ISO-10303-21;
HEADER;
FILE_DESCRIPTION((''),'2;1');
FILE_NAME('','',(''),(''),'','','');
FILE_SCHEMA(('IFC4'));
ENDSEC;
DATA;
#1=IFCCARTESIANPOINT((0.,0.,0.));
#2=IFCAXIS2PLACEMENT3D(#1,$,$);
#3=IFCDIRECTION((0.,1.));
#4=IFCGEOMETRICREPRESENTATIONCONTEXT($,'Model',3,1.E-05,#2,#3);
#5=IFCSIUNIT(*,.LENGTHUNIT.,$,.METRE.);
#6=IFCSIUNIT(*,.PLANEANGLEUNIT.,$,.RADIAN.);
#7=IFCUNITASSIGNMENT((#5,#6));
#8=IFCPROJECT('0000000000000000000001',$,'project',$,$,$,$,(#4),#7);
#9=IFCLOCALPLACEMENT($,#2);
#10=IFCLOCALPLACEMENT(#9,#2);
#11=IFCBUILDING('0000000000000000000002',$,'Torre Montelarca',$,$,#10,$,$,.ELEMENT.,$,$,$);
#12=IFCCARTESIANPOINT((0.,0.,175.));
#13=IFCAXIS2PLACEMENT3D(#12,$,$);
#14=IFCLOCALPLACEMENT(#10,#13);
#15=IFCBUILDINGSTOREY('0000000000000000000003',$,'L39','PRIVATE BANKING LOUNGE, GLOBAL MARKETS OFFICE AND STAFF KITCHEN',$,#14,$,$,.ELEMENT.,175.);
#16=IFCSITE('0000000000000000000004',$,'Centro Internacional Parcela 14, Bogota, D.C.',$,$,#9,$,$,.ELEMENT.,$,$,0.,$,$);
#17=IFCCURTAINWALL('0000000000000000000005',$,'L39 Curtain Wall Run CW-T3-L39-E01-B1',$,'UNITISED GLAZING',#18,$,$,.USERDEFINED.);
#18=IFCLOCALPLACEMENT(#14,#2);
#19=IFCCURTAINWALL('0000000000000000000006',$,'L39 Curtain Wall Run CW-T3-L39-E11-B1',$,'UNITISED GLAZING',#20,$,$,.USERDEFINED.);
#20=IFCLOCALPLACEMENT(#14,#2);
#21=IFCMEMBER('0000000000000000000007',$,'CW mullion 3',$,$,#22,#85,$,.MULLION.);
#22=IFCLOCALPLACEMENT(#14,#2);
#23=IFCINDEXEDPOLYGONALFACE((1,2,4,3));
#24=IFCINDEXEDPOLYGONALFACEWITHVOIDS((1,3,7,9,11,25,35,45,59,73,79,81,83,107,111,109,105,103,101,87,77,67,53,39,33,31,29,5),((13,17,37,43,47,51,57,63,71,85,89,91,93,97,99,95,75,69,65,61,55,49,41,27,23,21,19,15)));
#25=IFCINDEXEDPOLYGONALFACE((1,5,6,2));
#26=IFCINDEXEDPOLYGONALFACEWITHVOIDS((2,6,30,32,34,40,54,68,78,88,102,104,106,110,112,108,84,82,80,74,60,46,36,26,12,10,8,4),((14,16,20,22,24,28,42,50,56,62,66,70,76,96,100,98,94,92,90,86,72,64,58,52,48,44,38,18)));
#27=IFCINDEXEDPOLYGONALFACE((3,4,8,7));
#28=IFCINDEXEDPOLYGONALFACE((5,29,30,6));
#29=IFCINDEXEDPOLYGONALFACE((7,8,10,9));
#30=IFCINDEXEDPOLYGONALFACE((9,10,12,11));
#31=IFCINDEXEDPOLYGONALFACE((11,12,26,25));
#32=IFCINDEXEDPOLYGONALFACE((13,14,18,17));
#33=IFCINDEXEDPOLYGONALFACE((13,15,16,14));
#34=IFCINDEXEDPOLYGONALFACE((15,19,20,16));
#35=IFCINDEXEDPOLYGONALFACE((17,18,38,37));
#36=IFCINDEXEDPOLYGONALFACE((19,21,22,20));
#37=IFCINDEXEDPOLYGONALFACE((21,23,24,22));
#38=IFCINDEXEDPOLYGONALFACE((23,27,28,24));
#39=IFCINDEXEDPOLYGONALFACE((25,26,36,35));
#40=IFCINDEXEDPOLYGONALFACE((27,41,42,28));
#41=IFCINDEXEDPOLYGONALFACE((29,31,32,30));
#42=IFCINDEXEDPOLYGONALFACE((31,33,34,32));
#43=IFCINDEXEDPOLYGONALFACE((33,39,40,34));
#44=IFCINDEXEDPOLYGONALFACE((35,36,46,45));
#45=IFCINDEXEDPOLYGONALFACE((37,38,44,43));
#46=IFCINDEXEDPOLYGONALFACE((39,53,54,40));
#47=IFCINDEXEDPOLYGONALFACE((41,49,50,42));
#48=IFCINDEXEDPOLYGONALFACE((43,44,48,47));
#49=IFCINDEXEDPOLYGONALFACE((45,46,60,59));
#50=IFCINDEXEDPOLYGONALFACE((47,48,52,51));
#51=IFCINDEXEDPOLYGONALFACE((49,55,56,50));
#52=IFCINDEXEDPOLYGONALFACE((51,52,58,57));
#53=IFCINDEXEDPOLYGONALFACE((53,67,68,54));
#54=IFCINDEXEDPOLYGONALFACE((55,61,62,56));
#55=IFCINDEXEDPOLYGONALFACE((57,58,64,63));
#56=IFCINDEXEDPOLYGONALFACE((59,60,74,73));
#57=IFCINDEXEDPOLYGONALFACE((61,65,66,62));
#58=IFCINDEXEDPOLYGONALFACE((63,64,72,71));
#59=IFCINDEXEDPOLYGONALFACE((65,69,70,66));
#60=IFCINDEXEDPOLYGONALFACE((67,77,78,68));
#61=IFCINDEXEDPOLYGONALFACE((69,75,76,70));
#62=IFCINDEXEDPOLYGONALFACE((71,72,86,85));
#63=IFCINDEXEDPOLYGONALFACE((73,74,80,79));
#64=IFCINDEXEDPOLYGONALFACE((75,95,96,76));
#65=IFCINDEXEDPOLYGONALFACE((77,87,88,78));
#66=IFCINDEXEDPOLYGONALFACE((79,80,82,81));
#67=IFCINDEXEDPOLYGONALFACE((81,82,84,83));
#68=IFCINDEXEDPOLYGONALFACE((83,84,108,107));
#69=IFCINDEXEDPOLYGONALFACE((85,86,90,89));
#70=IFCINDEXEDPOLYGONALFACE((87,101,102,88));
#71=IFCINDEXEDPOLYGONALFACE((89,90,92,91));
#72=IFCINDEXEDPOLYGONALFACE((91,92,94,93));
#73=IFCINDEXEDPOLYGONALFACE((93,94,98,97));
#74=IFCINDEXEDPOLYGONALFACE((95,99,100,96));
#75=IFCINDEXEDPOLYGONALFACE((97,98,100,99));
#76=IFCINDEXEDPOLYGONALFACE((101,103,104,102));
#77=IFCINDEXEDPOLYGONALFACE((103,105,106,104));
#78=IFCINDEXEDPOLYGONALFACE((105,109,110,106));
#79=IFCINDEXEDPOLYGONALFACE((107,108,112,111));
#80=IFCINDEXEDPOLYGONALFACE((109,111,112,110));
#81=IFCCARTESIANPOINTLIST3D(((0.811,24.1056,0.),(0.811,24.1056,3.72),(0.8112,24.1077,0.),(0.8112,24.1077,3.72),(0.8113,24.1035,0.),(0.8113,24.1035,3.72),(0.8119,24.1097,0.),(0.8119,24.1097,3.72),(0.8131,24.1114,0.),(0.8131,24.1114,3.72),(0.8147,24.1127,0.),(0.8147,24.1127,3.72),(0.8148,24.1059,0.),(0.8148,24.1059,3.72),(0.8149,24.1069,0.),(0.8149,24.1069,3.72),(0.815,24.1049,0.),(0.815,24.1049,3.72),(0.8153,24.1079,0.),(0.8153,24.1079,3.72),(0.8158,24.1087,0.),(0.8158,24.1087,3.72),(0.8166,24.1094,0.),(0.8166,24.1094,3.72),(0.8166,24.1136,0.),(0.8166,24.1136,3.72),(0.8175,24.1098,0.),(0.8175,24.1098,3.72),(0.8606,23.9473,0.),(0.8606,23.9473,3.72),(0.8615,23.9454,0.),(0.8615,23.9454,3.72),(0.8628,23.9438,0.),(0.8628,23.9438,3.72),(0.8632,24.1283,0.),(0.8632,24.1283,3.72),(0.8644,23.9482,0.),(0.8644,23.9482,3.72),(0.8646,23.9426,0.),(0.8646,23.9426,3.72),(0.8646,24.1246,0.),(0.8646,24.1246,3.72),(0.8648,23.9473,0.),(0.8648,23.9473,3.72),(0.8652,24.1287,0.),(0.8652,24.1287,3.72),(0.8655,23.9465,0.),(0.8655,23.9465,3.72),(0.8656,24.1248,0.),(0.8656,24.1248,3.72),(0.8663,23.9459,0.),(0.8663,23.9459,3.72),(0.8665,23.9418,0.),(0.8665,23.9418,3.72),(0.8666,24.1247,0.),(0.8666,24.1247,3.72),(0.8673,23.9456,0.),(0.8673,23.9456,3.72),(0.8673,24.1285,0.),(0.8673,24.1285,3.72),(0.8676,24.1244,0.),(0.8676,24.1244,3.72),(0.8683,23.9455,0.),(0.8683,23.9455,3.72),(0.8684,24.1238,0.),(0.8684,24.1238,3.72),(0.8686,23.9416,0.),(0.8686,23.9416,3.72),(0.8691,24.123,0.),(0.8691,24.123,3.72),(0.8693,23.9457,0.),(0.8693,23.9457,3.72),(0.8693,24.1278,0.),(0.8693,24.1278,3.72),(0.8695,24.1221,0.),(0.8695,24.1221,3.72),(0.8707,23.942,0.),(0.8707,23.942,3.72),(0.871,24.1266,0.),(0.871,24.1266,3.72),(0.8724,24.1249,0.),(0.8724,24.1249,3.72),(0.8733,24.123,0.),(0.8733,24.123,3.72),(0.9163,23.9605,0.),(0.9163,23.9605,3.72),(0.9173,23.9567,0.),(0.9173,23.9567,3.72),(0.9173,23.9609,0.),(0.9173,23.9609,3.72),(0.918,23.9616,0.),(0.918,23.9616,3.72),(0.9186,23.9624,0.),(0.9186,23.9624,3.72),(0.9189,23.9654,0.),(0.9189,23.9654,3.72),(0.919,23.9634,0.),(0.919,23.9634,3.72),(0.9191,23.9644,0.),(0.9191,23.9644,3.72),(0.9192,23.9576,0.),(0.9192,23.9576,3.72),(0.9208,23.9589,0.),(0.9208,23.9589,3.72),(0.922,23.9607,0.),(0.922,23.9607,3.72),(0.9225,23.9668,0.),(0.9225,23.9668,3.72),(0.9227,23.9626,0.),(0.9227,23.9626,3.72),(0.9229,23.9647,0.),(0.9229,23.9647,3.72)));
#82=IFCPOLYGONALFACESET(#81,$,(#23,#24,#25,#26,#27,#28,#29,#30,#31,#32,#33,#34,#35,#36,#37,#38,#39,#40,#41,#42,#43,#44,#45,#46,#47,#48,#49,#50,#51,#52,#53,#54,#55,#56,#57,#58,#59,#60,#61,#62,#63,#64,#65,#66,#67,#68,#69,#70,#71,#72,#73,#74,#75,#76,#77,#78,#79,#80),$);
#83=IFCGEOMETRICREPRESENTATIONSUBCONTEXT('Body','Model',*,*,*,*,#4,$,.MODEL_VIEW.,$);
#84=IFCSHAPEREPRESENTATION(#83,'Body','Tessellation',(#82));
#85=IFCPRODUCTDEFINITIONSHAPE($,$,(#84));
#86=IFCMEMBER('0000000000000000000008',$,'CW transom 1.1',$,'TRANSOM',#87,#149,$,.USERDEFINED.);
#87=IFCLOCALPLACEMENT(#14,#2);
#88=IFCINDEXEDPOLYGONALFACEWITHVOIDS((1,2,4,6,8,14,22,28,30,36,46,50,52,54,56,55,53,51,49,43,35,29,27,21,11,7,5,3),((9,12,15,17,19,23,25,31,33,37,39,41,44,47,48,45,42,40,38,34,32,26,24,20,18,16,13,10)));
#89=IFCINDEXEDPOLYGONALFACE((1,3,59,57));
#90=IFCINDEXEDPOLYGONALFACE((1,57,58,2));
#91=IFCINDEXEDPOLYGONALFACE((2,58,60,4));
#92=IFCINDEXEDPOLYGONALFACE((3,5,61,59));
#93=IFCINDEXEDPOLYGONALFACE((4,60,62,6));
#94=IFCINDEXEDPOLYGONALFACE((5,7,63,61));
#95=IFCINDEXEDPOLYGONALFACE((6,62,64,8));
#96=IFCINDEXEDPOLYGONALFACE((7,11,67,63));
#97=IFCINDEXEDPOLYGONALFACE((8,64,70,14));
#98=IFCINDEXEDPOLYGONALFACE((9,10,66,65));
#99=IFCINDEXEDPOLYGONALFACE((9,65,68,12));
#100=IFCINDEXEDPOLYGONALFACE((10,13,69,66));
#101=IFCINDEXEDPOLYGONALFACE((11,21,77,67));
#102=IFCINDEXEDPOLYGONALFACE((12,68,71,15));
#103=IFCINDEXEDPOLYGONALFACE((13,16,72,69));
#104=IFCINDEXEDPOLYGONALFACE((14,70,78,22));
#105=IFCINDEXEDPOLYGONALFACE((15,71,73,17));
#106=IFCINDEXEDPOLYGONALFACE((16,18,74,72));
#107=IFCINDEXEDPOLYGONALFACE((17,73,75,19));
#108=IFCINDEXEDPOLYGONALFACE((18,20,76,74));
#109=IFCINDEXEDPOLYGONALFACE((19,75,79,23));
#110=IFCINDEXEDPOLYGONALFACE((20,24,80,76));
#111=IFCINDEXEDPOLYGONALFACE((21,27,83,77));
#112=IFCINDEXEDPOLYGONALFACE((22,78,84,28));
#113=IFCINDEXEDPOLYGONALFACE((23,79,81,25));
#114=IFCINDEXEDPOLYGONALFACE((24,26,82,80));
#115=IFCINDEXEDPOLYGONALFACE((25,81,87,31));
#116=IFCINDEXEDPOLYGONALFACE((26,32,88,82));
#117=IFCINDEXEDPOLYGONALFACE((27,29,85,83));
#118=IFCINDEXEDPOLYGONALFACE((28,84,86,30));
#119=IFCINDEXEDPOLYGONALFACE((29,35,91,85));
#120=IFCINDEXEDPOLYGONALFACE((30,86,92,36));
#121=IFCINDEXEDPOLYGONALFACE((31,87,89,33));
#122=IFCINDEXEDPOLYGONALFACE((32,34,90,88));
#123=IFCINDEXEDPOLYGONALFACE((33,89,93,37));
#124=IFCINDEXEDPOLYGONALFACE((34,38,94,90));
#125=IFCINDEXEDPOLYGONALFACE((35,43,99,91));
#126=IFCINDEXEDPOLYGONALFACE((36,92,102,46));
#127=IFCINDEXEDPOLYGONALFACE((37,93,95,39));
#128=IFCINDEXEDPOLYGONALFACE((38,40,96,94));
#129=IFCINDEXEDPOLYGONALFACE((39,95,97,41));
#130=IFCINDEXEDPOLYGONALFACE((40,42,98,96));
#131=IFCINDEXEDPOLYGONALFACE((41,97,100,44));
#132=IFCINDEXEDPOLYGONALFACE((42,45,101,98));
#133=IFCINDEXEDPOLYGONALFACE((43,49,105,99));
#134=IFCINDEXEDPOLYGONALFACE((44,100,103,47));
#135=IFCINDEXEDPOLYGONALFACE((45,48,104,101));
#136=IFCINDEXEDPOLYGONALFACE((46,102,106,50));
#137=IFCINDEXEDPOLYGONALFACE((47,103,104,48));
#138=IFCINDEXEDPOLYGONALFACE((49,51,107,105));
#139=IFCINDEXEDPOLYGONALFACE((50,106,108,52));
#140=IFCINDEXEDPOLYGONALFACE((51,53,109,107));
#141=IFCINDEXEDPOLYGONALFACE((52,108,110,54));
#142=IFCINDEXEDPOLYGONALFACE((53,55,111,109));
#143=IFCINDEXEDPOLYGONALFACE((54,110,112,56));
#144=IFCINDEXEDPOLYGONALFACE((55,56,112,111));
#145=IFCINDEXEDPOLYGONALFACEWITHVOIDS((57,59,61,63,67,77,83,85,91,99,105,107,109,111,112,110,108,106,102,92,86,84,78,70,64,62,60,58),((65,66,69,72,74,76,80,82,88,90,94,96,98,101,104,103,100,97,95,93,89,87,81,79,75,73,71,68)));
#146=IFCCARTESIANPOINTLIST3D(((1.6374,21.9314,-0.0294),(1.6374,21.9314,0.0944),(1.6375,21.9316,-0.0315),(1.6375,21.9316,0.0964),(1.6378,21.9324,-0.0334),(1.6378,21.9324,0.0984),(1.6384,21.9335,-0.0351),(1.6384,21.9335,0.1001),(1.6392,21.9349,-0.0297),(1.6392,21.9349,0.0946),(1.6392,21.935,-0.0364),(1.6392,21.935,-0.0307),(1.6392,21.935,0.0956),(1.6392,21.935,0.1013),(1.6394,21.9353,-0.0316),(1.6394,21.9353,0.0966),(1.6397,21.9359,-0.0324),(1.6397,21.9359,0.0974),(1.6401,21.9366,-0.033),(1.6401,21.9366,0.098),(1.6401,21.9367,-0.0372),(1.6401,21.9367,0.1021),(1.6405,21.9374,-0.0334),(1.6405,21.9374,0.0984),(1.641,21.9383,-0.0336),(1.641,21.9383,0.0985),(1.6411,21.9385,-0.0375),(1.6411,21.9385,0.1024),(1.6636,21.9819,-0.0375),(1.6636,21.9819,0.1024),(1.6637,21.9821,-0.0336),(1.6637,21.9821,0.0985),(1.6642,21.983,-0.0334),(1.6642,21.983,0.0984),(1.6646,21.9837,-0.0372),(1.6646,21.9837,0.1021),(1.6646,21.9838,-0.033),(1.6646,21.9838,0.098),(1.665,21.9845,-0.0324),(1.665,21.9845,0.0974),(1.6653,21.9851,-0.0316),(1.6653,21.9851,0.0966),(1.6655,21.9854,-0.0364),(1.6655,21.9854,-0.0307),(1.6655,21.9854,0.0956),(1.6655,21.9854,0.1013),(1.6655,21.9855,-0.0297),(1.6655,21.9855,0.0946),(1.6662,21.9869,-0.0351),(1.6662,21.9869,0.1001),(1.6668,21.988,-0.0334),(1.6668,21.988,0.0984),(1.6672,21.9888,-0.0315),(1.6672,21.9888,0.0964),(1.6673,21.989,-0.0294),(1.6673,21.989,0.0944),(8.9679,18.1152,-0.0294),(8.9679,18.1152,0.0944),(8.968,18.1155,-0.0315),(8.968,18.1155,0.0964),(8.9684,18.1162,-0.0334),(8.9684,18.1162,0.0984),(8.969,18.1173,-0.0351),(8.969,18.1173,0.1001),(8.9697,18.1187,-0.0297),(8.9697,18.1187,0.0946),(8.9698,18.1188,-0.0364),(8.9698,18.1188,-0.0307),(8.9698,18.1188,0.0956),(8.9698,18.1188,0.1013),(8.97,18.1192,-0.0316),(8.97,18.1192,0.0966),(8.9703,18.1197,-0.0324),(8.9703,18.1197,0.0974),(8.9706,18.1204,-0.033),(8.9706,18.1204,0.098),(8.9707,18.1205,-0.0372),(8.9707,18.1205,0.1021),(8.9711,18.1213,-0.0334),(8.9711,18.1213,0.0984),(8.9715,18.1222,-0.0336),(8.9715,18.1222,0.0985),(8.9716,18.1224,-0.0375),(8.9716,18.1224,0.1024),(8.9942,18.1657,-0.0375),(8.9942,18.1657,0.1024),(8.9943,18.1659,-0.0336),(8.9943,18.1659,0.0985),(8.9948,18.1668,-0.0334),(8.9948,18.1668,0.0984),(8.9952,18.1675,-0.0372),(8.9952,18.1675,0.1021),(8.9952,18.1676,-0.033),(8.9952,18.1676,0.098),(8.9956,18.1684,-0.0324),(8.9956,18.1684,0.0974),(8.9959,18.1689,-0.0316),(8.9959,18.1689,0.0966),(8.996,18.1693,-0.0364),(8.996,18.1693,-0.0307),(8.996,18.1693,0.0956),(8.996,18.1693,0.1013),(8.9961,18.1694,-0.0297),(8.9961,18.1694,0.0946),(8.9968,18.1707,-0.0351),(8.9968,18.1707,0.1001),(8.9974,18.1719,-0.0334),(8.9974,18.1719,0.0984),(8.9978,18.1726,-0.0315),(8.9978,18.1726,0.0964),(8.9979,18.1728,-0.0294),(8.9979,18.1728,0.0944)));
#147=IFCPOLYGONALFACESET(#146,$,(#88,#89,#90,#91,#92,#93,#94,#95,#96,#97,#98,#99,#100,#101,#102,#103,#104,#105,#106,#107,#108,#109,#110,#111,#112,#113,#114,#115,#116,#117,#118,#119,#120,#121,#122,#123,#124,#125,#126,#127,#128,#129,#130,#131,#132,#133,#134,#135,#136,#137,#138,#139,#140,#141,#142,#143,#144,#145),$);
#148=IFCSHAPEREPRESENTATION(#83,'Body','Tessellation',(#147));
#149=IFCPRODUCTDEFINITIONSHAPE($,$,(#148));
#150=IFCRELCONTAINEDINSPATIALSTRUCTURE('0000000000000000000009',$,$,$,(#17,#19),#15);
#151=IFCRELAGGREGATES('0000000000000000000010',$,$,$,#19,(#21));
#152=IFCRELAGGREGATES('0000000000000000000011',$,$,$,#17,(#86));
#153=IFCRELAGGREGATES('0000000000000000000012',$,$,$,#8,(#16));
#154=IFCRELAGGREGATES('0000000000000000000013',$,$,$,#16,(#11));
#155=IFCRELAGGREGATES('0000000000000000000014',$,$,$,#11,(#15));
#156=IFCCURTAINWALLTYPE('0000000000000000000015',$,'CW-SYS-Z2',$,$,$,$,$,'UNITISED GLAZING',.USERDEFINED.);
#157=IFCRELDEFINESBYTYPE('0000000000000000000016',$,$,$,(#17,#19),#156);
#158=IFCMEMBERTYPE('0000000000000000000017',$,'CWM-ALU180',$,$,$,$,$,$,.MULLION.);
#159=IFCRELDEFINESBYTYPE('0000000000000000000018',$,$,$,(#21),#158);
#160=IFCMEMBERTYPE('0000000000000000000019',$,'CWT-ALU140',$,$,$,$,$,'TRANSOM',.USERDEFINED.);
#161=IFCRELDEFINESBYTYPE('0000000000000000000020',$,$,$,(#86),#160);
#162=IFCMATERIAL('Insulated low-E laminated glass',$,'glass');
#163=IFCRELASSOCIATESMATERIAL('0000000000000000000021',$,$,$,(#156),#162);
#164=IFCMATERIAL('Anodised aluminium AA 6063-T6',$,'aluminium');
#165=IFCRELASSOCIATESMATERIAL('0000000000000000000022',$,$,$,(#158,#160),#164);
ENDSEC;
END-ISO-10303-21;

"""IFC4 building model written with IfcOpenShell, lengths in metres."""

from ifc_helpers import new_model, si_unit, direction, frame, origin, origin_2d, place, context, subcontext, project, spatial, hollow_rectangle, extrude, source, transform, mapped, material, material_profile, profile_set, type_object, element, aggregate, save


model = new_model("IFC4")

# Units and contexts
model_context = context("Model", 3, precision=1e-05, world=origin(), true_north=direction((0.0, 1.0)))
body_context = subcontext(model_context, "Body", "Model", "MODEL_VIEW")
ifc_project = project(units=[si_unit("LENGTHUNIT", "METRE"), si_unit("PLANEANGLEUNIT", "RADIAN")], contexts=[model_context])

# Site, building, storey
site_placement = place(None, origin())
site = spatial("IfcSite", under=ifc_project, at=site_placement, Name="Centro Internacional Parcela 14, Bogota, D.C.", CompositionType="ELEMENT", RefElevation=0.0)
building_placement = place(site_placement, origin())
building = spatial("IfcBuilding", under=site, at=building_placement, Name="Torre Montelarca", CompositionType="ELEMENT")
storey_placement = place(building_placement, frame((0.0, 0.0, 175.0)))
storey = spatial("IfcBuildingStorey", under=building, at=storey_placement, Name="L39", Description="PRIVATE BANKING LOUNGE, GLOBAL MARKETS OFFICE AND STAFF KITCHEN", CompositionType="ELEMENT", Elevation=175.0)

# Curtain wall
ifc_material_1 = material(Name="Insulated low-E laminated glass", Category="glass")
curtain_wall_type = type_object("IfcCurtainWallType", Name="CW-SYS-Z2", ElementType="UNITISED GLAZING", PredefinedType="USERDEFINED", material=ifc_material_1)
curtain_wall_1_placement = place(storey_placement, origin())
curtain_wall_1 = element("IfcCurtainWall", 1, at=curtain_wall_1_placement, inside=storey, type_object=curtain_wall_type, Name="L39 Curtain Wall Run CW-T3-L39-E01-B1", ObjectType="UNITISED GLAZING", PredefinedType="USERDEFINED")
ifc_material_2 = material(Name="Anodised aluminium AA 6063-T6", Category="aluminium")
ifc_material_profile_1 = material_profile(ifc_material_2, hollow_rectangle(XDim=0.0649, YDim=0.1799, WallThickness=0.0039, InnerFilletRadius=0.0039, OuterFilletRadius=0.0081, at=origin_2d()), Name="ALU65X180X4", Category="aluminium")
ifc_profile_set_1 = profile_set([ifc_material_profile_1], Name="Anodised aluminium AA 6063-T6")
member_type_1 = type_object("IfcMemberType", Name="CWM-ALU180", PredefinedType="MULLION", material=ifc_profile_set_1)
shared_shape_1 = source(origin(), body_context, "Body", "SweptSolid", [
    extrude(hollow_rectangle(XDim=0.0649, YDim=0.1799, WallThickness=0.0039, InnerFilletRadius=0.0039, OuterFilletRadius=0.0081, at=origin_2d()), origin(), (0.0, 0.0, 1.0), 3.72),
])

# Curtain wall, member
curtain_wall_2_placement = place(storey_placement, origin())
curtain_wall_2 = element("IfcCurtainWall", 2, at=curtain_wall_2_placement, inside=storey, type_object=curtain_wall_type, Name="L39 Curtain Wall Run CW-T3-L39-E11-B1", ObjectType="UNITISED GLAZING", PredefinedType="USERDEFINED")
member_1_placement = place(storey_placement, frame((0.8669, 24.0352, 0.0), z_axis=(0.0, 0.0, 1.0), x_axis=(0.953725, 0.300682, 0.0)))
member_1 = element("IfcMember", 3, at=member_1_placement, type_object=member_type_1, Name="CW mullion 3", PredefinedType="MULLION", context=body_context, shape_type="MappedRepresentation", body=[
    mapped(shared_shape_1, transform((0.0, 0.0, 0.0), scale=1.0)),
])
aggregate(curtain_wall_2, [member_1])

# Member
ifc_material_profile_2 = material_profile(ifc_material_2, hollow_rectangle(XDim=0.0649, YDim=0.1399, WallThickness=0.0039, InnerFilletRadius=0.0039, OuterFilletRadius=0.0081, at=origin_2d()), Name="ALU65X140X4", Category="aluminium")
ifc_profile_set_2 = profile_set([ifc_material_profile_2], Name="Anodised aluminium AA 6063-T6")
member_type_2 = type_object("IfcMemberType", Name="CWT-ALU140", ElementType="TRANSOM", PredefinedType="USERDEFINED", material=ifc_profile_set_2)
shared_shape_2 = source(origin(), body_context, "Body", "SweptSolid", [
    extrude(hollow_rectangle(XDim=0.0649, YDim=0.1399, WallThickness=0.0039, InnerFilletRadius=0.0039, OuterFilletRadius=0.0081, at=origin_2d()), origin(), (0.0, 0.0, 1.0), 8.2644),
])
member_2_placement = place(storey_placement, frame((1.6523, 21.9602, 0.0325), z_axis=(0.887005, -0.461759, 0.0), x_axis=(0.461759, 0.887005, 0.0)))
member_2 = element("IfcMember", 4, at=member_2_placement, type_object=member_type_2, Name="CW transom 1.1", ObjectType="TRANSOM", PredefinedType="USERDEFINED", context=body_context, shape_type="MappedRepresentation", body=[
    mapped(shared_shape_2, transform((0.0, 0.0, 0.0), scale=1.0)),
])

aggregate(curtain_wall_1, [member_2])

save(model, "model.ifc")
